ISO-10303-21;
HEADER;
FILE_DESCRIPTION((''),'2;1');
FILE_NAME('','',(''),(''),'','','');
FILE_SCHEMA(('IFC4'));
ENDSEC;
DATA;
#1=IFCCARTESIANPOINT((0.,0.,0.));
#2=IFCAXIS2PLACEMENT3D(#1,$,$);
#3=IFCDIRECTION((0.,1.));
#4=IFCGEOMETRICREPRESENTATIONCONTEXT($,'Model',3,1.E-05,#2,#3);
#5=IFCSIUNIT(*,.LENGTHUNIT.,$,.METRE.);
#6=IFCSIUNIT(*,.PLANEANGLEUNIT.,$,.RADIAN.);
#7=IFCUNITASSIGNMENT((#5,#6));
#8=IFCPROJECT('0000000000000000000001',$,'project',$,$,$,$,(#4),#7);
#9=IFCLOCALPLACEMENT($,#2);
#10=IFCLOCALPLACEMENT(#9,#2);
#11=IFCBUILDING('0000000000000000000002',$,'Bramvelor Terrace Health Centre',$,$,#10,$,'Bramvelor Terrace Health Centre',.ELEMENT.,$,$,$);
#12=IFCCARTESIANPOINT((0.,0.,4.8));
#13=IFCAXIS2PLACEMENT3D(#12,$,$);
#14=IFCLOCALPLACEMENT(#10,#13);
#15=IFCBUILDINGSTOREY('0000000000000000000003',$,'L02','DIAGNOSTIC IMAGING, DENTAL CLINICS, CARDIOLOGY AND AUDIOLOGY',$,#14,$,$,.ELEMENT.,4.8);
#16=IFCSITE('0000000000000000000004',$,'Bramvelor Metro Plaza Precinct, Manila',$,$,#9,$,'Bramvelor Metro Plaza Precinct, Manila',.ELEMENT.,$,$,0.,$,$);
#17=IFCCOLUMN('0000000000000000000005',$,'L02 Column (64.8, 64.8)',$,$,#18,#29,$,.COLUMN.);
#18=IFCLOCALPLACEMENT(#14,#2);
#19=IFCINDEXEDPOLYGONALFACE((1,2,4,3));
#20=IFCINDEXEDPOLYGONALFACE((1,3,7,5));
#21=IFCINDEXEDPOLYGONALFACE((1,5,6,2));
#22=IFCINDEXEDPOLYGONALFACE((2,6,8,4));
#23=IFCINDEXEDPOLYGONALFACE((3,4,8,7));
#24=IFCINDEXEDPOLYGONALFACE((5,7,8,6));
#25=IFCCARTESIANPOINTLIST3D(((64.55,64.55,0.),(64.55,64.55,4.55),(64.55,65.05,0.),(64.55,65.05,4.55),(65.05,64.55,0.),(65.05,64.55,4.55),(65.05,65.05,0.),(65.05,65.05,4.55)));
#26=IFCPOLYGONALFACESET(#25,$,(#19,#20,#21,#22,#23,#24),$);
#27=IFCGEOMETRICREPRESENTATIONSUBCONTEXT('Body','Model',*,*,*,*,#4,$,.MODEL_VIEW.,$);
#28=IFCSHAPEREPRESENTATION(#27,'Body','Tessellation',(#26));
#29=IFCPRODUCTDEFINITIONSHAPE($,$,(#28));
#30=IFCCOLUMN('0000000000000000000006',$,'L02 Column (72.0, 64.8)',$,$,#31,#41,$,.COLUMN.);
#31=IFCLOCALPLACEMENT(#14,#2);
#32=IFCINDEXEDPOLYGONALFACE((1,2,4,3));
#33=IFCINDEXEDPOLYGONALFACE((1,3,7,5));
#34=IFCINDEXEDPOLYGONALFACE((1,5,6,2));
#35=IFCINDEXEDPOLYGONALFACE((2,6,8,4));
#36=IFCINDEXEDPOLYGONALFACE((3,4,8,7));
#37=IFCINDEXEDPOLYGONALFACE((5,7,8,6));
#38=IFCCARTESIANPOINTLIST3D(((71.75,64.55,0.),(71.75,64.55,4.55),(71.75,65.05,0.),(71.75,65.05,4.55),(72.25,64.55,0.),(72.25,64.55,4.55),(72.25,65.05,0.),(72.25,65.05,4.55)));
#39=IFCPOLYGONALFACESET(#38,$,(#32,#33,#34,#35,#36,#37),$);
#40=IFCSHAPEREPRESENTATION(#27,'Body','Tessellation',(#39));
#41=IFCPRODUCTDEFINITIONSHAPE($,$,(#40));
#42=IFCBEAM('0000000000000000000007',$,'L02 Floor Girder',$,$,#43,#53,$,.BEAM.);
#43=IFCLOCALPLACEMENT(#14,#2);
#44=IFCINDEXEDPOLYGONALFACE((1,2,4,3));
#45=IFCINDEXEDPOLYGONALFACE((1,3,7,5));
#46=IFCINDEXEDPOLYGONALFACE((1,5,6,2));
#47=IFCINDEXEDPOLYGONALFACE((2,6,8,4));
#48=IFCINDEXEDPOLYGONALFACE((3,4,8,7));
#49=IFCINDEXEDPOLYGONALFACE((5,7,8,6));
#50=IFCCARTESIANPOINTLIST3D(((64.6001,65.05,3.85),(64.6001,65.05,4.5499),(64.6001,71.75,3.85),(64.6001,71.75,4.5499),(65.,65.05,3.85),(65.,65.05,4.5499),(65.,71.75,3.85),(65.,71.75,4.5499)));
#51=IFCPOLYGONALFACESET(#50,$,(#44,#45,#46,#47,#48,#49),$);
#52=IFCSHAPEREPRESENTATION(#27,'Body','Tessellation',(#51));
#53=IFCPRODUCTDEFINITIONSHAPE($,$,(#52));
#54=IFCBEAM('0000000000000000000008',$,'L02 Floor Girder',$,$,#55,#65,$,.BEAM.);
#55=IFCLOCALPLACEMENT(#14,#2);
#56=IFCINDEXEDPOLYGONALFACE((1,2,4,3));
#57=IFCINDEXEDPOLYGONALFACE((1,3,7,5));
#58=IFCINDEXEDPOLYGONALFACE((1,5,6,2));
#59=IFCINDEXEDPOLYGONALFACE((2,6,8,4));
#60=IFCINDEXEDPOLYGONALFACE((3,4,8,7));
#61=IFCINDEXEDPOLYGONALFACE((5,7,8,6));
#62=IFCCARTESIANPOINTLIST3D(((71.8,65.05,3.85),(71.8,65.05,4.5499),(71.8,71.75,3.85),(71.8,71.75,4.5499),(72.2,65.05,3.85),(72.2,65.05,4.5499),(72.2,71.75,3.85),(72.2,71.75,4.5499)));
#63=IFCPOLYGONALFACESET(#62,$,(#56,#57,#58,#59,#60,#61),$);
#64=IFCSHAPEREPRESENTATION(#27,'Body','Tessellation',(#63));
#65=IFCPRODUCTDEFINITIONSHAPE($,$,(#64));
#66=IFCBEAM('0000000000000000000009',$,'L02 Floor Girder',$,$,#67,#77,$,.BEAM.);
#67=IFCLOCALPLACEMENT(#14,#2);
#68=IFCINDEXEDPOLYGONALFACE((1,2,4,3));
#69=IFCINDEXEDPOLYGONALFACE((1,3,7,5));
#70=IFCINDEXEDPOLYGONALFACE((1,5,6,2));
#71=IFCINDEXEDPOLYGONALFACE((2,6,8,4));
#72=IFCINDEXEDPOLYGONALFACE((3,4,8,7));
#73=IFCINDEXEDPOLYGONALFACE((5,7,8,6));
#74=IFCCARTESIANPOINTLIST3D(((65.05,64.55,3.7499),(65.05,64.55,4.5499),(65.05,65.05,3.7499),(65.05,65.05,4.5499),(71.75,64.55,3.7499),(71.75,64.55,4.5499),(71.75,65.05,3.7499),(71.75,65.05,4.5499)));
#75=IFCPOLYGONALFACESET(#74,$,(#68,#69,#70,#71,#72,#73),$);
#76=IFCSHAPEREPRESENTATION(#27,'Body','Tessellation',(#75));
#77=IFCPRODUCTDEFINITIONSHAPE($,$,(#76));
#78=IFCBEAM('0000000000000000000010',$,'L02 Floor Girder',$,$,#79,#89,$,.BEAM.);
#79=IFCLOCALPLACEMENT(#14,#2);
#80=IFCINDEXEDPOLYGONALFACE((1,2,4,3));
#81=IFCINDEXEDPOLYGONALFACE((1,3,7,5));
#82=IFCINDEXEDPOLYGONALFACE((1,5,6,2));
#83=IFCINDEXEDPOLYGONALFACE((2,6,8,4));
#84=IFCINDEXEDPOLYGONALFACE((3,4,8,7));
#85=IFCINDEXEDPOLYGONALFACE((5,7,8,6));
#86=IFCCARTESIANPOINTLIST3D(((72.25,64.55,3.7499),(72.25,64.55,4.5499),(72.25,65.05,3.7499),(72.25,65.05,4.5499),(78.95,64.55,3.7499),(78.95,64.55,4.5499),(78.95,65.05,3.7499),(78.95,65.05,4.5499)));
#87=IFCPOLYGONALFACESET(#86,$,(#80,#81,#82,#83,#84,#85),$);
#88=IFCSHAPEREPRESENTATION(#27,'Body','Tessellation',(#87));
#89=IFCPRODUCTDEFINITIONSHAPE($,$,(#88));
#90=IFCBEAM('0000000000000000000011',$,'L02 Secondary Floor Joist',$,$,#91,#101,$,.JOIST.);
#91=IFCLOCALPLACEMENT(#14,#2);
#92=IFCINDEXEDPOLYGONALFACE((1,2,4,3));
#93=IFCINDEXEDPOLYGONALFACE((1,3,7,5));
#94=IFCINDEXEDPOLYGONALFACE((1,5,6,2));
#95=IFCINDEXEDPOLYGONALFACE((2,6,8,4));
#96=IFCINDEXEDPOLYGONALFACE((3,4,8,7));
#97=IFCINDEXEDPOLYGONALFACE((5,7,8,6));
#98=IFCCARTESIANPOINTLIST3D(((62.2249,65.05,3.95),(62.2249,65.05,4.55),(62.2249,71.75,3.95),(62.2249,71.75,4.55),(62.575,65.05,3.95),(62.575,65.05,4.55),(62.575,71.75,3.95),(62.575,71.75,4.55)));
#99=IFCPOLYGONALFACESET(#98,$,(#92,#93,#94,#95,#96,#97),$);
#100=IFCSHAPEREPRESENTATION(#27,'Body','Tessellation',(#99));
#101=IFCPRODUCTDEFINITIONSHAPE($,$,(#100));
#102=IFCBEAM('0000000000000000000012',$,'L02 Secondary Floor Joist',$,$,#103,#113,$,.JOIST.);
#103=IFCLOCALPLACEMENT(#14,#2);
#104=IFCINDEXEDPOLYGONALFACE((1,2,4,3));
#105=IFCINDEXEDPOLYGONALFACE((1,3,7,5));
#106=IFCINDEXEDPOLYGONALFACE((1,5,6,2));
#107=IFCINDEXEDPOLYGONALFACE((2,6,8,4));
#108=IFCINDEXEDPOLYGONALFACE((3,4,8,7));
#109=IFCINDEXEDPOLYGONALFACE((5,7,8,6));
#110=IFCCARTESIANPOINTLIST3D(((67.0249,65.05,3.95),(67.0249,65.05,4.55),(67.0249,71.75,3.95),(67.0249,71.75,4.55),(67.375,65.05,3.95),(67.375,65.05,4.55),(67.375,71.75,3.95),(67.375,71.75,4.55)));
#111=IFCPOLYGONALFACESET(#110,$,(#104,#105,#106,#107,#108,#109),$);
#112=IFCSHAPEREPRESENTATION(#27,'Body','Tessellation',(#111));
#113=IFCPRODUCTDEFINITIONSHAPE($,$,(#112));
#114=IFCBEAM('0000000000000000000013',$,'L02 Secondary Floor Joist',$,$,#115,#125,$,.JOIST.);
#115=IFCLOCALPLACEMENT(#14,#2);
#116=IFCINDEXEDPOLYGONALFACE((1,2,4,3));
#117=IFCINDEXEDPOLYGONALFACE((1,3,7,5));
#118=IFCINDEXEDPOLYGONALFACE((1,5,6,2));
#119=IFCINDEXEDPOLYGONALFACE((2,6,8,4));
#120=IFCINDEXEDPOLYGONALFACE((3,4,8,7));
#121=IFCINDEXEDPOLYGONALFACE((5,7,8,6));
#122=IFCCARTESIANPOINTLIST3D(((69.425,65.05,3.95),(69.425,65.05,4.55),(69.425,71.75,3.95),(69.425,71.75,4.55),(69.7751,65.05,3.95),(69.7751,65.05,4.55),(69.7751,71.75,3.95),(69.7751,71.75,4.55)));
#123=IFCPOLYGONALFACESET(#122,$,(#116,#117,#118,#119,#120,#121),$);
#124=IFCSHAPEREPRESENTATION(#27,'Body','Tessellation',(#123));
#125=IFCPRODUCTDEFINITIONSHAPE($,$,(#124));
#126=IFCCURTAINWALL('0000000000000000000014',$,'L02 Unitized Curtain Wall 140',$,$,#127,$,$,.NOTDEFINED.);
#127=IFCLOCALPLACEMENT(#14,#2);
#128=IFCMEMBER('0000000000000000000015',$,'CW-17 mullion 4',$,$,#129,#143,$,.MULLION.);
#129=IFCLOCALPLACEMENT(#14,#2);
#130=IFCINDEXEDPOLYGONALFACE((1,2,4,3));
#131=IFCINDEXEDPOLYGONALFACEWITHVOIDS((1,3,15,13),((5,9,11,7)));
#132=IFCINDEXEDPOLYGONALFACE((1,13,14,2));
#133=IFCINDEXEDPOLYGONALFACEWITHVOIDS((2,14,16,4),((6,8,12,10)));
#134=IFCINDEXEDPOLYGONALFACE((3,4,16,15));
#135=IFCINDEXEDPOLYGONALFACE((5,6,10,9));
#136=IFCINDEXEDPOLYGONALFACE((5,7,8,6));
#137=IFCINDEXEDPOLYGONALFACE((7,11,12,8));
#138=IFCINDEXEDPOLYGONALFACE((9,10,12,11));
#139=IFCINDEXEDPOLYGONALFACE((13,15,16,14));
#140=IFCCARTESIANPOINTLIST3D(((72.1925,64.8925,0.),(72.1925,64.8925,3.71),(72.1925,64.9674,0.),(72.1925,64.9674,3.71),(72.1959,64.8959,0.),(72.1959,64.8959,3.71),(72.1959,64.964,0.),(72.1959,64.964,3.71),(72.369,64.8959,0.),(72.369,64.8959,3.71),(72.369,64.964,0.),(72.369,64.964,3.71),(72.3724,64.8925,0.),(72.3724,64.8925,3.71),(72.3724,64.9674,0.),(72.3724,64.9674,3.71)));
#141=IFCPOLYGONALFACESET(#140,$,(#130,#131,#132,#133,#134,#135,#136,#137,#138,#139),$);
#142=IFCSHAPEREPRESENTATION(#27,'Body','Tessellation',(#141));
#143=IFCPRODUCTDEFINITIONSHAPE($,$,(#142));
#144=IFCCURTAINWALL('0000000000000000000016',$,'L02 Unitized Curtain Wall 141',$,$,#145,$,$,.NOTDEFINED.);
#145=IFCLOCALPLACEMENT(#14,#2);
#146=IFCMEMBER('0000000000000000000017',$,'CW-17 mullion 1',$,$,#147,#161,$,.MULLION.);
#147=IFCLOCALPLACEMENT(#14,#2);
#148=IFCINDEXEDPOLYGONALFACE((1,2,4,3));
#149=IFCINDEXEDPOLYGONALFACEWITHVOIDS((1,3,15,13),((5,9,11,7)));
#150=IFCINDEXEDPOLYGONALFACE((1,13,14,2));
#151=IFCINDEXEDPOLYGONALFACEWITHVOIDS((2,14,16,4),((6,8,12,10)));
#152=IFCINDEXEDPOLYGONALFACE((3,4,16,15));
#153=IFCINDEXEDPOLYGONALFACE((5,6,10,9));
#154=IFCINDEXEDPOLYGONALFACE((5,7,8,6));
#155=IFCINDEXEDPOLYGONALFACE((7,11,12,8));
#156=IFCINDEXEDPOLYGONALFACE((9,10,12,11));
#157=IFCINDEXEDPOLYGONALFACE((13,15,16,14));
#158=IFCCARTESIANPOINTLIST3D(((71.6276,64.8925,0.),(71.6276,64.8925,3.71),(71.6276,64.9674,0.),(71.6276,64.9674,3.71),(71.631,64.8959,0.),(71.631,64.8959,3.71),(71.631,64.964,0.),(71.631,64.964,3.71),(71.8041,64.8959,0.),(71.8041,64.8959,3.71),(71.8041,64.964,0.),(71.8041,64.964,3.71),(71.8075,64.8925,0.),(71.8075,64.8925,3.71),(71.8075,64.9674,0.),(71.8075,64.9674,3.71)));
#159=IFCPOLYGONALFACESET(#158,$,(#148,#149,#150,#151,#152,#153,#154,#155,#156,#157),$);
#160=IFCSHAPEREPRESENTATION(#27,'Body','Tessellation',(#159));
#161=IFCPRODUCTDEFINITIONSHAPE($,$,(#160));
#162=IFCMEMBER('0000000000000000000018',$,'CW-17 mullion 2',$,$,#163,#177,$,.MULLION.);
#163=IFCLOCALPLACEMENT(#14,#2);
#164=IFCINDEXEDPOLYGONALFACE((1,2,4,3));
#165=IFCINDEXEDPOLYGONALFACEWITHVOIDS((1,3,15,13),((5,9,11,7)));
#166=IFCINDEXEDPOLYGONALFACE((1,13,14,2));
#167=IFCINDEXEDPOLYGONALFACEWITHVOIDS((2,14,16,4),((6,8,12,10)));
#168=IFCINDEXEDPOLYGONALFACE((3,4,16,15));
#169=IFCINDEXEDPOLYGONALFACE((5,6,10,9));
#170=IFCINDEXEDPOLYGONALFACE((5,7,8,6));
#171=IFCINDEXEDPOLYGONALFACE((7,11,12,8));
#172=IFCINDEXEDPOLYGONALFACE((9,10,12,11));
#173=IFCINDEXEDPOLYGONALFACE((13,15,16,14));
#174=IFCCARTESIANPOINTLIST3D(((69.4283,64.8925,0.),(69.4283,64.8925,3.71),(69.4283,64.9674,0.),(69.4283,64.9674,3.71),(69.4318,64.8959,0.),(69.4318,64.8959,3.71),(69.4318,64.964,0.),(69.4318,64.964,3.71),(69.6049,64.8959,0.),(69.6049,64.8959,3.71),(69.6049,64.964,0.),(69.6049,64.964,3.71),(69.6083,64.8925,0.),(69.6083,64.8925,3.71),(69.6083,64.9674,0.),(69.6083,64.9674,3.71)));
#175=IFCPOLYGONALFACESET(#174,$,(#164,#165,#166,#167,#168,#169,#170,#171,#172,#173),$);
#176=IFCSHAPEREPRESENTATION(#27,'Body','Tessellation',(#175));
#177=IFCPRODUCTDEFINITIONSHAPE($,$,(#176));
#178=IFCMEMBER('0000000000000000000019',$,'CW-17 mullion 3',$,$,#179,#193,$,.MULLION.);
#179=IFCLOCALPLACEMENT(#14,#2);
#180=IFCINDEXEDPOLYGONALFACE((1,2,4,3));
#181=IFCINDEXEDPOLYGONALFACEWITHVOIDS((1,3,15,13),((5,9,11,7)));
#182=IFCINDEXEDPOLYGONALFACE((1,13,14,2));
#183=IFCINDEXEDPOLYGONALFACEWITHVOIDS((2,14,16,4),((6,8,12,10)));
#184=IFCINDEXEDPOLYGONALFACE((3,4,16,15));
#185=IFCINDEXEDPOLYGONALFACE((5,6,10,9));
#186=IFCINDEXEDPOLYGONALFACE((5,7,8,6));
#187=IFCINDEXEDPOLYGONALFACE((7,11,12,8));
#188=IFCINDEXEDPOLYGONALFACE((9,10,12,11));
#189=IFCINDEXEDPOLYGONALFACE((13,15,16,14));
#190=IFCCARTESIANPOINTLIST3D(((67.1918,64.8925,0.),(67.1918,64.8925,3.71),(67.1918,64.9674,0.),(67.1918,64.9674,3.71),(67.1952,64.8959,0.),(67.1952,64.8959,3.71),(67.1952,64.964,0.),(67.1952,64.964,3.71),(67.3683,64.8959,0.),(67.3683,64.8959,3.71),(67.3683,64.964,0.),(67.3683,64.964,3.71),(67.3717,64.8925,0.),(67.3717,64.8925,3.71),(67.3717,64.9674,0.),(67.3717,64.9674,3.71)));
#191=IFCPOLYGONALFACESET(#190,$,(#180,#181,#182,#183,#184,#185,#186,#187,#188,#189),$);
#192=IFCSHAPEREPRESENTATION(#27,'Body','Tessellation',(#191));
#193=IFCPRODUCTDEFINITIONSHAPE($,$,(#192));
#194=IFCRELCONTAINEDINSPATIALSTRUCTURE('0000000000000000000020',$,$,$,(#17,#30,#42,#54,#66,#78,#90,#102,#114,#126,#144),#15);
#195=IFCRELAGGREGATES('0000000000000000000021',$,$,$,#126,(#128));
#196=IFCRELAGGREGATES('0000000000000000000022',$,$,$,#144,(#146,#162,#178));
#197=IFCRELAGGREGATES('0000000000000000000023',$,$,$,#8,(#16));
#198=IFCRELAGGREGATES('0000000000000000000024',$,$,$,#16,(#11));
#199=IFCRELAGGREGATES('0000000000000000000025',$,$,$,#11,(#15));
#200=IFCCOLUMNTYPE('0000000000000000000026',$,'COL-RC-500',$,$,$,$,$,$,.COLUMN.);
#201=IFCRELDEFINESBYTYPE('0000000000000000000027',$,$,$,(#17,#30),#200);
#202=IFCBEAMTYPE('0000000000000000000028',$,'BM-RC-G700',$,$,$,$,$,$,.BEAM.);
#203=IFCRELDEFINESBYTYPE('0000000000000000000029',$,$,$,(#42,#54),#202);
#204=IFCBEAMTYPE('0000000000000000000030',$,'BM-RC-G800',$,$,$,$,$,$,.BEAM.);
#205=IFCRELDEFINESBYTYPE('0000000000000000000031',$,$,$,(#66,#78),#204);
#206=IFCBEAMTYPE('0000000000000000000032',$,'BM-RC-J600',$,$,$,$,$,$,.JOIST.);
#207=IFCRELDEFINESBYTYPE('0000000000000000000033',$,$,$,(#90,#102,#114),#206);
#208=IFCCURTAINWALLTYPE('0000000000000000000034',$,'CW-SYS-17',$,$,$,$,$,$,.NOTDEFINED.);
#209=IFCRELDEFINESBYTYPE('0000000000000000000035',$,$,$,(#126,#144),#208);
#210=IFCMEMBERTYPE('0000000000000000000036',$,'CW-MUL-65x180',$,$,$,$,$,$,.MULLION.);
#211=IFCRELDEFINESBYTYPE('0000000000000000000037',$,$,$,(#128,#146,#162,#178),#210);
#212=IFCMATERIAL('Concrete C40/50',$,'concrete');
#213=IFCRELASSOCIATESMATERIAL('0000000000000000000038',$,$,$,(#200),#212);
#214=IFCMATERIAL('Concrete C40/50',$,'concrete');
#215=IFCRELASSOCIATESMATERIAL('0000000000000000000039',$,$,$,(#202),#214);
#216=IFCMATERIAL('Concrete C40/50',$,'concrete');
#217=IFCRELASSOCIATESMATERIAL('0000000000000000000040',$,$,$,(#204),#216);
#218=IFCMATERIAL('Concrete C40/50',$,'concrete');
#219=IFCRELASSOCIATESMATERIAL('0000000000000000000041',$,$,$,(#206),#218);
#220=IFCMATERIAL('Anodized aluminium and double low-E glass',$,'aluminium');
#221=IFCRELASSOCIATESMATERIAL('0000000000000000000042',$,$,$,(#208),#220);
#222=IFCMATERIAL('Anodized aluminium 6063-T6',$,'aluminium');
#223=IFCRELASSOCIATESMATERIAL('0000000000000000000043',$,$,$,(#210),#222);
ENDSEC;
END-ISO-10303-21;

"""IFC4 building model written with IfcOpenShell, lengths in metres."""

from ifc_helpers import new_model, si_unit, direction, frame, origin, origin_2d, place, context, subcontext, project, spatial, rectangle, hollow_rectangle, extrude, material, material_profile, profile_set, type_object, element, aggregate, save


model = new_model("IFC4")

# Units and contexts
model_context = context("Model", 3, precision=1e-05, world=origin(), true_north=direction((0.0, 1.0)))
body_context = subcontext(model_context, "Body", "Model", "MODEL_VIEW")
ifc_project = project(units=[si_unit("LENGTHUNIT", "METRE"), si_unit("PLANEANGLEUNIT", "RADIAN")], contexts=[model_context])

# Site, building, storey
site_placement = place(None, origin())
site = spatial("IfcSite", under=ifc_project, at=site_placement, Name="Bramvelor Metro Plaza Precinct, Manila", LongName="Bramvelor Metro Plaza Precinct, Manila", CompositionType="ELEMENT", RefElevation=0.0)
building_placement = place(site_placement, origin())
building = spatial("IfcBuilding", under=site, at=building_placement, Name="Bramvelor Terrace Health Centre", LongName="Bramvelor Terrace Health Centre", CompositionType="ELEMENT")
storey_placement = place(building_placement, frame((0.0, 0.0, 4.8)))
storey = spatial("IfcBuildingStorey", under=building, at=storey_placement, Name="L02", Description="DIAGNOSTIC IMAGING, DENTAL CLINICS, CARDIOLOGY AND AUDIOLOGY", CompositionType="ELEMENT", Elevation=4.8)

# Columns
ifc_material_1 = material(Name="Concrete C40/50", Category="concrete")
ifc_material_profile_1 = material_profile(ifc_material_1, rectangle(XDim=0.5, YDim=0.5, at=origin_2d()), Name="RC 500x500")
ifc_profile_set_1 = profile_set([ifc_material_profile_1], Name="Concrete C40/50")
column_type = type_object("IfcColumnType", Name="COL-RC-500", PredefinedType="COLUMN", material=ifc_profile_set_1)
for number, where, z_axis, x_axis, name in (
    (1, (64.8, 64.8, 0.0), (0.0, 0.0, 1.0), (1.0, 0.0, 0.0), "L02 Column (64.8, 64.8)"),
    (2, (72.0, 64.8, 0.0), (0.0, 0.0, 1.0), (1.0, 0.0, 0.0), "L02 Column (72.0, 64.8)"),
):
    element("IfcColumn", number, at=place(storey_placement, frame(where, z_axis=z_axis, x_axis=x_axis)), inside=storey, type_object=column_type, Name=name, PredefinedType="COLUMN", context=body_context, shape_type="SweptSolid", body=[
        extrude(rectangle(XDim=0.5, YDim=0.5, at=origin_2d()), origin(), (0.0, 0.0, 1.0), 4.55),
    ])

# Beams
ifc_material_2 = material(Name="Concrete C40/50", Category="concrete")
ifc_material_profile_2 = material_profile(ifc_material_2, rectangle(XDim=0.3999, YDim=0.7, at=origin_2d()), Name="RC 400x700")
ifc_profile_set_2 = profile_set([ifc_material_profile_2], Name="Concrete C40/50")
beam_type_1 = type_object("IfcBeamType", Name="BM-RC-G700", PredefinedType="BEAM", material=ifc_profile_set_2)
for number, where, z_axis, x_axis, name in (
    (3, (64.8, 65.05, 4.2), (0.0, 1.0, 0.0), (-1.0, 0.0, 0.0), "L02 Floor Girder"),
    (4, (72.0, 65.05, 4.2), (0.0, 1.0, 0.0), (-1.0, 0.0, 0.0), "L02 Floor Girder"),
):
    element("IfcBeam", number, at=place(storey_placement, frame(where, z_axis=z_axis, x_axis=x_axis)), inside=storey, type_object=beam_type_1, Name=name, PredefinedType="BEAM", context=body_context, shape_type="SweptSolid", body=[
        extrude(rectangle(XDim=0.3999, YDim=0.7, at=origin_2d()), origin(), (0.0, 0.0, 1.0), 6.7),
    ])
ifc_material_3 = material(Name="Concrete C40/50", Category="concrete")
ifc_material_profile_3 = material_profile(ifc_material_3, rectangle(XDim=0.5, YDim=0.8, at=origin_2d()), Name="RC 500x800")
ifc_profile_set_3 = profile_set([ifc_material_profile_3], Name="Concrete C40/50")
beam_type_2 = type_object("IfcBeamType", Name="BM-RC-G800", PredefinedType="BEAM", material=ifc_profile_set_3)
for number, where, z_axis, x_axis, name in (
    (5, (65.05, 64.8, 4.1499), (1.0, 0.0, 0.0), (0.0, 1.0, 0.0), "L02 Floor Girder"),
    (6, (72.25, 64.8, 4.1499), (1.0, 0.0, 0.0), (0.0, 1.0, 0.0), "L02 Floor Girder"),
):
    element("IfcBeam", number, at=place(storey_placement, frame(where, z_axis=z_axis, x_axis=x_axis)), inside=storey, type_object=beam_type_2, Name=name, PredefinedType="BEAM", context=body_context, shape_type="SweptSolid", body=[
        extrude(rectangle(XDim=0.5, YDim=0.8, at=origin_2d()), origin(), (0.0, 0.0, 1.0), 6.7),
    ])
ifc_material_4 = material(Name="Concrete C40/50", Category="concrete")
ifc_material_profile_4 = material_profile(ifc_material_4, rectangle(XDim=0.3501, YDim=0.6001, at=origin_2d()), Name="RC 350x600")
ifc_profile_set_4 = profile_set([ifc_material_profile_4], Name="Concrete C40/50")
beam_type_3 = type_object("IfcBeamType", Name="BM-RC-J600", PredefinedType="JOIST", material=ifc_profile_set_4)
for number, where, z_axis, x_axis, name in (
    (7, (62.3999, 65.05, 4.25), (0.0, 1.0, 0.0), (-1.0, 0.0, 0.0), "L02 Secondary Floor Joist"),
    (8, (67.2, 65.05, 4.25), (0.0, 1.0, 0.0), (-1.0, 0.0, 0.0), "L02 Secondary Floor Joist"),
    (9, (69.6001, 65.05, 4.25), (0.0, 1.0, 0.0), (-1.0, 0.0, 0.0), "L02 Secondary Floor Joist"),
):
    element("IfcBeam", number, at=place(storey_placement, frame(where, z_axis=z_axis, x_axis=x_axis)), inside=storey, type_object=beam_type_3, Name=name, PredefinedType="JOIST", context=body_context, shape_type="SweptSolid", body=[
        extrude(rectangle(XDim=0.3501, YDim=0.6001, at=origin_2d()), origin(), (0.0, 0.0, 1.0), 6.7),
    ])

# Curtain wall, member
ifc_material_5 = material(Name="Anodized aluminium and double low-E glass", Category="aluminium")
curtain_wall_type = type_object("IfcCurtainWallType", Name="CW-SYS-17", PredefinedType="NOTDEFINED", material=ifc_material_5)
curtain_wall_1_placement = place(storey_placement, origin())
curtain_wall_1 = element("IfcCurtainWall", 10, at=curtain_wall_1_placement, inside=storey, type_object=curtain_wall_type, Name="L02 Unitized Curtain Wall 140", PredefinedType="NOTDEFINED")
ifc_material_6 = material(Name="Anodized aluminium 6063-T6", Category="aluminium")
ifc_material_profile_5 = material_profile(ifc_material_6, hollow_rectangle(XDim=0.075, YDim=0.1799, WallThickness=0.0034, at=origin_2d()), Name="ALU-MUL 75x180x3.5")
ifc_profile_set_5 = profile_set([ifc_material_profile_5], Name="Anodized aluminium 6063-T6")
member_type_1 = type_object("IfcMemberType", Name="CW-MUL-65x180", PredefinedType="MULLION", material=ifc_profile_set_5)
member_1_placement = place(storey_placement, frame((72.2825, 64.9299, 0.0), z_axis=(0.0, 0.0, 1.0), x_axis=(0.0, -1.0, 0.0)))
member_1 = element("IfcMember", 11, at=member_1_placement, type_object=member_type_1, Name="CW-17 mullion 4", PredefinedType="MULLION", context=body_context, shape_type="SweptSolid", body=[
    extrude(hollow_rectangle(XDim=0.075, YDim=0.1799, WallThickness=0.0034, at=origin_2d()), origin(), (0.0, 0.0, 1.0), 3.71),
])
aggregate(curtain_wall_1, [member_1])

# Curtain wall, members
curtain_wall_2_placement = place(storey_placement, origin())
curtain_wall_2 = element("IfcCurtainWall", 12, at=curtain_wall_2_placement, inside=storey, type_object=curtain_wall_type, Name="L02 Unitized Curtain Wall 141", PredefinedType="NOTDEFINED")
member_2_placement = place(storey_placement, frame((71.7175, 64.9299, 0.0), z_axis=(0.0, 0.0, 1.0), x_axis=(0.0, -1.0, 0.0)))
member_2 = element("IfcMember", 13, at=member_2_placement, type_object=member_type_1, Name="CW-17 mullion 1", PredefinedType="MULLION", context=body_context, shape_type="SweptSolid", body=[
    extrude(hollow_rectangle(XDim=0.075, YDim=0.1799, WallThickness=0.0034, at=origin_2d()), origin(), (0.0, 0.0, 1.0), 3.71),
])
member_3_placement = place(storey_placement, frame((69.5183, 64.9299, 0.0), z_axis=(0.0, 0.0, 1.0), x_axis=(0.0, -1.0, 0.0)))
member_3 = element("IfcMember", 14, at=member_3_placement, type_object=member_type_1, Name="CW-17 mullion 2", PredefinedType="MULLION", context=body_context, shape_type="SweptSolid", body=[
    extrude(hollow_rectangle(XDim=0.075, YDim=0.1799, WallThickness=0.0034, at=origin_2d()), origin(), (0.0, 0.0, 1.0), 3.71),
])
member_4_placement = place(storey_placement, frame((67.2817, 64.9299, 0.0), z_axis=(0.0, 0.0, 1.0), x_axis=(0.0, -1.0, 0.0)))
member_4 = element("IfcMember", 15, at=member_4_placement, type_object=member_type_1, Name="CW-17 mullion 3", PredefinedType="MULLION", context=body_context, shape_type="SweptSolid", body=[
    extrude(hollow_rectangle(XDim=0.075, YDim=0.1799, WallThickness=0.0034, at=origin_2d()), origin(), (0.0, 0.0, 1.0), 3.71),
])

aggregate(curtain_wall_2, [member_2, member_3, member_4])

save(model, "model.ifc")
